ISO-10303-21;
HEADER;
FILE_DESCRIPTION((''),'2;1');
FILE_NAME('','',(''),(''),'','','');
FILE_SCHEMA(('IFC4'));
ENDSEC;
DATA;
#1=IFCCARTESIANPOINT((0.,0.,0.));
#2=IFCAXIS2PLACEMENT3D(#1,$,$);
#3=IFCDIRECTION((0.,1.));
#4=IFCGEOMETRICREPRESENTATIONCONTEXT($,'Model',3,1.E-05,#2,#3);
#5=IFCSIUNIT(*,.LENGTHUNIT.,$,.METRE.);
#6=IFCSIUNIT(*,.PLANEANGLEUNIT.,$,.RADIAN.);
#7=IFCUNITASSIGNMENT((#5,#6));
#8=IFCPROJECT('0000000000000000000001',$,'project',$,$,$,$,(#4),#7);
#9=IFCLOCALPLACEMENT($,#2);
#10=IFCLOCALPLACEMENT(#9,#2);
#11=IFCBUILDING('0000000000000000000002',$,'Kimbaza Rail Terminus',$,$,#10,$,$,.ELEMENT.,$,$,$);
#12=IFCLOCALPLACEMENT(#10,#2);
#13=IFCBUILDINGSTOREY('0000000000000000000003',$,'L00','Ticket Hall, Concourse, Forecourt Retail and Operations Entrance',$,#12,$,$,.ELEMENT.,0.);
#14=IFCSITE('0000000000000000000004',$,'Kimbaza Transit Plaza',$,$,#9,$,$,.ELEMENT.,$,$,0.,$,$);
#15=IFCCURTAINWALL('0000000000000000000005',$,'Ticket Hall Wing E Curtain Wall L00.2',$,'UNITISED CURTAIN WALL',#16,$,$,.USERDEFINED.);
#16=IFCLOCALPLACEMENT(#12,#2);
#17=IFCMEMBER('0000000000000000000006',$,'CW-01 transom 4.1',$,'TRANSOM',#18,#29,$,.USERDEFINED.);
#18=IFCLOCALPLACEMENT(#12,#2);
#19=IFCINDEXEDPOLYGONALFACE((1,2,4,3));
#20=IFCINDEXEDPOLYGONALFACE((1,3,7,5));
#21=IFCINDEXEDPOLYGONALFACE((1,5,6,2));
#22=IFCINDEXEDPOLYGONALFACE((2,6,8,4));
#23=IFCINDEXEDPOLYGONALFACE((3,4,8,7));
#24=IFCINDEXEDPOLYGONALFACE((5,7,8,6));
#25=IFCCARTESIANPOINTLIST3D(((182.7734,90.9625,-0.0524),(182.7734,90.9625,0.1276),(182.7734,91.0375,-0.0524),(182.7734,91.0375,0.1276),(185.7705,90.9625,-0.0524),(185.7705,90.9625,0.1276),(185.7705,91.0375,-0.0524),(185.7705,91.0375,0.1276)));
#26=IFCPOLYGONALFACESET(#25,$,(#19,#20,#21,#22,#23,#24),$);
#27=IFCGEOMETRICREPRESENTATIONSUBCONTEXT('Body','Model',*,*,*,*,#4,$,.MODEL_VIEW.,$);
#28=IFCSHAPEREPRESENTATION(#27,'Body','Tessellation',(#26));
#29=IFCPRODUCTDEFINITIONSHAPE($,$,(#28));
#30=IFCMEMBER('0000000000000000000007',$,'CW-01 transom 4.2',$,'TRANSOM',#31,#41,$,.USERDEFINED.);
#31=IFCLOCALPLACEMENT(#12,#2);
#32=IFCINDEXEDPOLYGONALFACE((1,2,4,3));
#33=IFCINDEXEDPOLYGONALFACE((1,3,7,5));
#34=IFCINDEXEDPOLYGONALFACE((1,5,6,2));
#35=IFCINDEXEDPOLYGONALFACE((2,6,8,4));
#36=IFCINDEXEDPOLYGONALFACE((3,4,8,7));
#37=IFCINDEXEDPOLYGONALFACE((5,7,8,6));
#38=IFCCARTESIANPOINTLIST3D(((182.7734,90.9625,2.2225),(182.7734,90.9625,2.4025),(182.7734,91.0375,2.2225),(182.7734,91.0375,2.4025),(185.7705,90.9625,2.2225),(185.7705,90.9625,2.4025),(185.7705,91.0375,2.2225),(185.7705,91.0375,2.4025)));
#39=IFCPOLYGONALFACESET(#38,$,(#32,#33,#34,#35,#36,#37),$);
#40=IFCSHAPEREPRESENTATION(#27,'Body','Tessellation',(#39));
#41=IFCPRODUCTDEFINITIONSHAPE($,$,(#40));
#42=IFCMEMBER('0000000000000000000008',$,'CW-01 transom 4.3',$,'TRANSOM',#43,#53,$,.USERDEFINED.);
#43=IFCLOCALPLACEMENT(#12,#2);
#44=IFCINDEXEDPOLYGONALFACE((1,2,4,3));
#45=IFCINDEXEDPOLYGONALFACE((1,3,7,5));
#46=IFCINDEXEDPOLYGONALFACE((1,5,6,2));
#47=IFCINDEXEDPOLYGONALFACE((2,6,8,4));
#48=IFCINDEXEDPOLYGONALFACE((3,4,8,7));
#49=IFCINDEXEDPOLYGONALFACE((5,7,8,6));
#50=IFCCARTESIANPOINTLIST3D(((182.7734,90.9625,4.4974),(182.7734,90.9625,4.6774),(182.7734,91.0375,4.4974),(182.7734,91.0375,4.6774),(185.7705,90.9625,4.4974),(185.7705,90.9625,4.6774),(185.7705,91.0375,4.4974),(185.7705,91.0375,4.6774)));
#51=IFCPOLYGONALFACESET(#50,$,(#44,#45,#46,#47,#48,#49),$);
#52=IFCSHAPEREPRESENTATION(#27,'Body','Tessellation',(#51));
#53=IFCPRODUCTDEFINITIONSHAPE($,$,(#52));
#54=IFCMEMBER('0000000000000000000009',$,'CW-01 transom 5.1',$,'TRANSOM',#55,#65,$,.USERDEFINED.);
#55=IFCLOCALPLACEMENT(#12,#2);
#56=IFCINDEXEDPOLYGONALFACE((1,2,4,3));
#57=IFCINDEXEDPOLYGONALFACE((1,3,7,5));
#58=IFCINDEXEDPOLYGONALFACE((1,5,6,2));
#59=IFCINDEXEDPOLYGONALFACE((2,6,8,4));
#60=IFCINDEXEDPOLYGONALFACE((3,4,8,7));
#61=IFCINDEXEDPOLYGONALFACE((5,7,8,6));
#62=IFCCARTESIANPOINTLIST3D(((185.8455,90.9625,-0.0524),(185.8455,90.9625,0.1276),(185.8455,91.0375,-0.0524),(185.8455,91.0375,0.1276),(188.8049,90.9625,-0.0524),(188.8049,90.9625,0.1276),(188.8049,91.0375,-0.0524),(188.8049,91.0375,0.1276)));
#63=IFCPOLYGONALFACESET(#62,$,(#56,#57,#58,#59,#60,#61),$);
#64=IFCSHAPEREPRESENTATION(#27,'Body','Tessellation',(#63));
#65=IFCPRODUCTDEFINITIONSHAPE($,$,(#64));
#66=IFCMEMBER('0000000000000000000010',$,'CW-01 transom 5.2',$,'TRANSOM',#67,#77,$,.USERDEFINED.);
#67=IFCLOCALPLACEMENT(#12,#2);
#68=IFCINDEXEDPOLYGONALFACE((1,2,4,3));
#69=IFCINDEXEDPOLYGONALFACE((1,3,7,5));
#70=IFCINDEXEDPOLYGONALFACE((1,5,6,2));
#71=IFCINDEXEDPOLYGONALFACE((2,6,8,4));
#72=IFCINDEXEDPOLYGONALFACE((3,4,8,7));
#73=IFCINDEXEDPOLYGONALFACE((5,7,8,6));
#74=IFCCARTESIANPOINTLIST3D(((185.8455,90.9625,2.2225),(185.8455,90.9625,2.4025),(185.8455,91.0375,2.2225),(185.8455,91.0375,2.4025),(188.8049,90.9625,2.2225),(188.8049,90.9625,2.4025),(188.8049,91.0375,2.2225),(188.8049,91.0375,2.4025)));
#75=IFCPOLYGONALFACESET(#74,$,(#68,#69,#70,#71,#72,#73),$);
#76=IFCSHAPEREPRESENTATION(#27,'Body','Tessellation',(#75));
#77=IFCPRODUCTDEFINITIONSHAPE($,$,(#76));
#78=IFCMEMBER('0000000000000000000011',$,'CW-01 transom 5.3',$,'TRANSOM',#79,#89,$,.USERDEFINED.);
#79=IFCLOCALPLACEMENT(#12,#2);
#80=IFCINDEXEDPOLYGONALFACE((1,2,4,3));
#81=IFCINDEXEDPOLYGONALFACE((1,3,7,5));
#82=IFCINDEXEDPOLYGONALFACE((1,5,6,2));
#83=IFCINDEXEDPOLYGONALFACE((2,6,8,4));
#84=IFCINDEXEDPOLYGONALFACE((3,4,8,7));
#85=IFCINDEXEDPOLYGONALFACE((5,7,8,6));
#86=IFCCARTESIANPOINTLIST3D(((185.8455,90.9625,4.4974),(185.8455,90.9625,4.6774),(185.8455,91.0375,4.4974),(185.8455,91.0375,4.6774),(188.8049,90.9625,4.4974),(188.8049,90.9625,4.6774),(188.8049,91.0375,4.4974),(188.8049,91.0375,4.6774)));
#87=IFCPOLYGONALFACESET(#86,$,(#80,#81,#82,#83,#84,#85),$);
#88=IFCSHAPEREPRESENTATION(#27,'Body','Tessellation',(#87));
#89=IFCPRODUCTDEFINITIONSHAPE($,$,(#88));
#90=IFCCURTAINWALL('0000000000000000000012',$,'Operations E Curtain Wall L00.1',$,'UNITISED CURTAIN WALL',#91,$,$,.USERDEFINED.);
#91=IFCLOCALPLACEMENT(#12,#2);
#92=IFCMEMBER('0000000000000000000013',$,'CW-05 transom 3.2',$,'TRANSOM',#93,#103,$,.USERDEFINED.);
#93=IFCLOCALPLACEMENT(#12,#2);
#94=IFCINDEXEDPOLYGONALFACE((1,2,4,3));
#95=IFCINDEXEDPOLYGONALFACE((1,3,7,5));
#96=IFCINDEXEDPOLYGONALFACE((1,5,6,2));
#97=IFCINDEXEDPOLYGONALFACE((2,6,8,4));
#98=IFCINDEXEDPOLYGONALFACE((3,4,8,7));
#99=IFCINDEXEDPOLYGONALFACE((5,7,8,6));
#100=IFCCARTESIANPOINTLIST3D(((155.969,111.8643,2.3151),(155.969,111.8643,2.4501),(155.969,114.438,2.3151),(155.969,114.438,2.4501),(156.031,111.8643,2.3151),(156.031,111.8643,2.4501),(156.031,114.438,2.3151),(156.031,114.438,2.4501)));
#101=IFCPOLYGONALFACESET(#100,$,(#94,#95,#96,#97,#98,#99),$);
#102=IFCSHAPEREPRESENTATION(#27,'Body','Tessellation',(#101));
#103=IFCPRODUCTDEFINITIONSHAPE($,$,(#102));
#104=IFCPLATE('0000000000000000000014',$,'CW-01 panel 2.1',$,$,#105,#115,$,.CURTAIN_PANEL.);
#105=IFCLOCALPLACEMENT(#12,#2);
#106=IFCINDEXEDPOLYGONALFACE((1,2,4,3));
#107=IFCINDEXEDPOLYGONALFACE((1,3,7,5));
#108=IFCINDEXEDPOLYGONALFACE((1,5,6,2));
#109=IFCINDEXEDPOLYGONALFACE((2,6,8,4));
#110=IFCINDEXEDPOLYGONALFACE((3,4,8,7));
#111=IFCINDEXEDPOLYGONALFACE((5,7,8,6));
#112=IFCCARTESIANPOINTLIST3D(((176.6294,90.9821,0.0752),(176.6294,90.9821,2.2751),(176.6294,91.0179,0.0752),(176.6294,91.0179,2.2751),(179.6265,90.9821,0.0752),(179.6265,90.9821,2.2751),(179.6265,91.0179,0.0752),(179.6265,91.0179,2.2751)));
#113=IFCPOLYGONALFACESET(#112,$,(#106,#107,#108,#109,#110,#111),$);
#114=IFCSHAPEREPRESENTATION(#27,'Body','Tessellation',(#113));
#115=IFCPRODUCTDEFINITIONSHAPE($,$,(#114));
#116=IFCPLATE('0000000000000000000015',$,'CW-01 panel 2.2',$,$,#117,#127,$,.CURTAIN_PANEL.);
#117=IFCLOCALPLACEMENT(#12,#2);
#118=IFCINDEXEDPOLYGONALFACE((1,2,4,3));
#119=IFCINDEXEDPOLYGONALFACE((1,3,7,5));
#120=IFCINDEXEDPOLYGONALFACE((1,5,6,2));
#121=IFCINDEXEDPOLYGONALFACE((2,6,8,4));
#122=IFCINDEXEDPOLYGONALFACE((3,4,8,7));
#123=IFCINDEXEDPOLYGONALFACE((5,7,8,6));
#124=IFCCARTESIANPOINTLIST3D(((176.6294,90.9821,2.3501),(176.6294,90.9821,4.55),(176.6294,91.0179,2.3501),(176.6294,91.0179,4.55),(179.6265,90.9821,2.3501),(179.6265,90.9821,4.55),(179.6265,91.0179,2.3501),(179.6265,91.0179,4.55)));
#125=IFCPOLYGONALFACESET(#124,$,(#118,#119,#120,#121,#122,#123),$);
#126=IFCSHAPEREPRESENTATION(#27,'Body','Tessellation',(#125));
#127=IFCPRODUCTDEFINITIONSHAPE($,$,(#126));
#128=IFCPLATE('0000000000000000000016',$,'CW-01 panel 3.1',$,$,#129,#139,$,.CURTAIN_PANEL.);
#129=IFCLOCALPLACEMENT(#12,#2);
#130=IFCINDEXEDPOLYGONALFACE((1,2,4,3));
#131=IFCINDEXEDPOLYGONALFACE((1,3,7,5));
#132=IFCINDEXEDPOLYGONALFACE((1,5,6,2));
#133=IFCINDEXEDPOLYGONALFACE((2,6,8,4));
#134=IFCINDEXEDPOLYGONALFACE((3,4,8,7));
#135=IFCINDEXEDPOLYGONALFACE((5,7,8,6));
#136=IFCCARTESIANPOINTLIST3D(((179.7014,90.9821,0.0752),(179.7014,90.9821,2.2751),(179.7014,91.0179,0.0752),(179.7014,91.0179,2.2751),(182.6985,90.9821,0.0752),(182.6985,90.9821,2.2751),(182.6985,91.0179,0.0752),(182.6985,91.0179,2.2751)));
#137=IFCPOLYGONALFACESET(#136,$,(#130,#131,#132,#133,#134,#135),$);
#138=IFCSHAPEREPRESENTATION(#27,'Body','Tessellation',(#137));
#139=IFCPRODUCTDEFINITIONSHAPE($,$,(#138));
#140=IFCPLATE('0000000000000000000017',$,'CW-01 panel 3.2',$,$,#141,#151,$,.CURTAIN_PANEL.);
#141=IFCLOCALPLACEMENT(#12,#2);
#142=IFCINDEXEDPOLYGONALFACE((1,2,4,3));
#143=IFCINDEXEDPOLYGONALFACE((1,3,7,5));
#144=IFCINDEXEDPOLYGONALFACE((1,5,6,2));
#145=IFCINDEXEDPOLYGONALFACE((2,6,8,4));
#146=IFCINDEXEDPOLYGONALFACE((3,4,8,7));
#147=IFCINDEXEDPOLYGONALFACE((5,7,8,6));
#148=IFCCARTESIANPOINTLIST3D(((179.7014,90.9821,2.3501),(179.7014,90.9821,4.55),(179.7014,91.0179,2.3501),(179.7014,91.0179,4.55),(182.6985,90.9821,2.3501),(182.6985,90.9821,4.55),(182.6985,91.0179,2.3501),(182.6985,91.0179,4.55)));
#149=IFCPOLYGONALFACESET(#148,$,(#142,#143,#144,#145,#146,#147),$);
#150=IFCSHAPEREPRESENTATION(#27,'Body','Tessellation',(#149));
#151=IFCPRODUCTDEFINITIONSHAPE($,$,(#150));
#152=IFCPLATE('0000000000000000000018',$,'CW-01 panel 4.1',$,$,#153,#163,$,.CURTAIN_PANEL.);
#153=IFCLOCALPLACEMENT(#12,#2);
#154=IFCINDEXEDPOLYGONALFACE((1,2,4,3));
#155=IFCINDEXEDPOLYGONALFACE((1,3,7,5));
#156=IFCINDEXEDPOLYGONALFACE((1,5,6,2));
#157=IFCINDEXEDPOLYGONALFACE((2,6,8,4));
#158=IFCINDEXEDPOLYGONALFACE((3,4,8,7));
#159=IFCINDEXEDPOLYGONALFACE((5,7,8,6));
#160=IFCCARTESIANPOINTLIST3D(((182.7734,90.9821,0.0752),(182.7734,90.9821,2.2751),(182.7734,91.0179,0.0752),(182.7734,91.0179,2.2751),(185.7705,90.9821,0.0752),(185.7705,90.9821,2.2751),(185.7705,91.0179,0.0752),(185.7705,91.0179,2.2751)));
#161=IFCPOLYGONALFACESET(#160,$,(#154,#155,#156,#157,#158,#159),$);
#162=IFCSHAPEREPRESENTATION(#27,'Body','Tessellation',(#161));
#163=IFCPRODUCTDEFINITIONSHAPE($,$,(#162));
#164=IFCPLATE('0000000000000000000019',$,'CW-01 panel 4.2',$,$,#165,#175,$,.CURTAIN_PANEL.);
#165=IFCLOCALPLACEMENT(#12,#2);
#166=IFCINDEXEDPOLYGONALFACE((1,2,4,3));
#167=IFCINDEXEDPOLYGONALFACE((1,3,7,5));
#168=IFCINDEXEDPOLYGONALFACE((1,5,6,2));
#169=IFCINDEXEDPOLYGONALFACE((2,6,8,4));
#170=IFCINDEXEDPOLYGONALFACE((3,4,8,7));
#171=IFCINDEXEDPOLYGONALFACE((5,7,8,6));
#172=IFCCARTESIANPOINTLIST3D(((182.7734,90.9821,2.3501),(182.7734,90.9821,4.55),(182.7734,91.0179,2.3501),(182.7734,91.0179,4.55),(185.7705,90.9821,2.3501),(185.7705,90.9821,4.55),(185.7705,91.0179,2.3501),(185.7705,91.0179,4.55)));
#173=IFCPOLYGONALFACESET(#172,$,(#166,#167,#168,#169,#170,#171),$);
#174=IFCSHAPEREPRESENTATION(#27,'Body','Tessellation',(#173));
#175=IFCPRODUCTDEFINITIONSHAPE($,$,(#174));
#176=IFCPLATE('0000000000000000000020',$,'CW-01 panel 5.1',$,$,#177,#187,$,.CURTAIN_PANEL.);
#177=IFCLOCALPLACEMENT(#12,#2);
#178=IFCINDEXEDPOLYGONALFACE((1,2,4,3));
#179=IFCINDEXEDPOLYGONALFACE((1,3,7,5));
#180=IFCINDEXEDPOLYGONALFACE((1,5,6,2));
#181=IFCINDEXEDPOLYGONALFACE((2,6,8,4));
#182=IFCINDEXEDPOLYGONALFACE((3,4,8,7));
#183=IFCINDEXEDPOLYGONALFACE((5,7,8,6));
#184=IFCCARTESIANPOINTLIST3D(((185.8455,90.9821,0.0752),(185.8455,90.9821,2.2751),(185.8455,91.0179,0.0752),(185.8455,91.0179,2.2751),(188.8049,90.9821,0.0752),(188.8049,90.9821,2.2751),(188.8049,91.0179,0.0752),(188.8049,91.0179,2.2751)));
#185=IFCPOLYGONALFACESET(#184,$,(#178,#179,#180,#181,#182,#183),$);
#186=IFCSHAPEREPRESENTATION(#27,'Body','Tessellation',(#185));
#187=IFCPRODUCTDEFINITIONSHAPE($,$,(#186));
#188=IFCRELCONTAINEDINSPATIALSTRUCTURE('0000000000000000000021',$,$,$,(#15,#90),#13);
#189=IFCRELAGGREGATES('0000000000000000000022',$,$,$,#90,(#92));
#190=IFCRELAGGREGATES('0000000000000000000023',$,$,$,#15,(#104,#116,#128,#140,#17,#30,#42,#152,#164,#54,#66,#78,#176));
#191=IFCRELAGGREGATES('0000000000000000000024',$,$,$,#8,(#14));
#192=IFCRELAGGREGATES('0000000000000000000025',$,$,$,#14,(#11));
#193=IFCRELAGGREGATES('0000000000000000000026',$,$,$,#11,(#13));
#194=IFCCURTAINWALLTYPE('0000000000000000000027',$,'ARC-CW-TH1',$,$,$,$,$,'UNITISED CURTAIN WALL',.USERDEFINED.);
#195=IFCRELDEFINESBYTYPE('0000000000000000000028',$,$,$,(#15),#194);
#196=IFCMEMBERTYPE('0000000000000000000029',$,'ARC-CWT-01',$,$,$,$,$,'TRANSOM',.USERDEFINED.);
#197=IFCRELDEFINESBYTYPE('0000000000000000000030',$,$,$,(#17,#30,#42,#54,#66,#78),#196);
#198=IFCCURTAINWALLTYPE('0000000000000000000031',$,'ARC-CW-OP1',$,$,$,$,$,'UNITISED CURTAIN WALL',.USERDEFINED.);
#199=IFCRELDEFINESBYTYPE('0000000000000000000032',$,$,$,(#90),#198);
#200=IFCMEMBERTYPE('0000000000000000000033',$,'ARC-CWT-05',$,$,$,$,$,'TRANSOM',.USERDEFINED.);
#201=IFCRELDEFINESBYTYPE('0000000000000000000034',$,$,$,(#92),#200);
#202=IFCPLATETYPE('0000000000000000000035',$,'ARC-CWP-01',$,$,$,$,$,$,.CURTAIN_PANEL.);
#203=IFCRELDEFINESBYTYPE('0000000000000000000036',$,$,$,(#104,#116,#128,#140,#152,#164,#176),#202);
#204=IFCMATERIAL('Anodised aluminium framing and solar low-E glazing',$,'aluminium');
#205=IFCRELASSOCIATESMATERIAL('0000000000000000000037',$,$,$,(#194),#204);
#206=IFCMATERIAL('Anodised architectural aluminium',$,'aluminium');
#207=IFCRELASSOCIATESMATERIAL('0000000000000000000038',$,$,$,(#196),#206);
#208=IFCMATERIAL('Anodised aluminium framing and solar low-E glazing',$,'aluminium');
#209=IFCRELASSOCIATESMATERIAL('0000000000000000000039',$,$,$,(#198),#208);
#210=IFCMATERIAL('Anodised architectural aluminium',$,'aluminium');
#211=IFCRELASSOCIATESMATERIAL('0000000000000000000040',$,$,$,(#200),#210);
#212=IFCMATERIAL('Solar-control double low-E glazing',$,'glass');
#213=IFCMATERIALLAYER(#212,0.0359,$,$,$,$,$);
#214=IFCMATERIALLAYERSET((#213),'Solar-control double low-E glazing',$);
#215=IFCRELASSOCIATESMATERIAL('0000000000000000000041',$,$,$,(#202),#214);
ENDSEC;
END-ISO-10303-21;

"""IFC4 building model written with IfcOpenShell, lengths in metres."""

from ifc_helpers import new_model, si_unit, direction, frame, origin, origin_2d, place, context, subcontext, project, spatial, rectangle, extrude, material, layer, layer_set, material_profile, profile_set, type_object, element, aggregate, save


model = new_model("IFC4")

# Units and contexts
model_context = context("Model", 3, precision=1e-05, world=origin(), true_north=direction((0.0, 1.0)))
body_context = subcontext(model_context, "Body", "Model", "MODEL_VIEW")
ifc_project = project(units=[si_unit("LENGTHUNIT", "METRE"), si_unit("PLANEANGLEUNIT", "RADIAN")], contexts=[model_context])

# Site, building, storey
site_placement = place(None, origin())
site = spatial("IfcSite", under=ifc_project, at=site_placement, Name="Kimbaza Transit Plaza", CompositionType="ELEMENT", RefElevation=0.0)
building_placement = place(site_placement, origin())
building = spatial("IfcBuilding", under=site, at=building_placement, Name="Kimbaza Rail Terminus", CompositionType="ELEMENT")
storey_placement = place(building_placement, origin())
storey = spatial("IfcBuildingStorey", under=building, at=storey_placement, Name="L00", Description="Ticket Hall, Concourse, Forecourt Retail and Operations Entrance", CompositionType="ELEMENT", Elevation=0.0)

# Curtain wall, members
ifc_material_1 = material(Name="Anodised aluminium framing and solar low-E glazing", Category="aluminium")
curtain_wall_type_1 = type_object("IfcCurtainWallType", Name="ARC-CW-TH1", ElementType="UNITISED CURTAIN WALL", PredefinedType="USERDEFINED", material=ifc_material_1)
curtain_wall_1_placement = place(storey_placement, origin())
curtain_wall_1 = element("IfcCurtainWall", 1, at=curtain_wall_1_placement, inside=storey, type_object=curtain_wall_type_1, Name="Ticket Hall Wing E Curtain Wall L00.2", ObjectType="UNITISED CURTAIN WALL", PredefinedType="USERDEFINED")
ifc_material_2 = material(Name="Anodised architectural aluminium", Category="aluminium")
ifc_material_profile_1 = material_profile(ifc_material_2, rectangle(XDim=0.075, YDim=0.1799, at=origin_2d()), Name="TRANSOM 75x180")
ifc_profile_set_1 = profile_set([ifc_material_profile_1], Name="Anodised architectural aluminium")
member_type_1 = type_object("IfcMemberType", Name="ARC-CWT-01", ElementType="TRANSOM", PredefinedType="USERDEFINED", material=ifc_profile_set_1)
member_1_placement = place(storey_placement, frame((182.7734, 91.0, 0.0376), z_axis=(1.0, 0.0, 0.0), x_axis=(0.0, 1.0, 0.0)))
member_1 = element("IfcMember", 2, at=member_1_placement, type_object=member_type_1, Name="CW-01 transom 4.1", ObjectType="TRANSOM", PredefinedType="USERDEFINED", context=body_context, shape_type="SweptSolid", body=[
    extrude(rectangle(XDim=0.075, YDim=0.1799, at=origin_2d()), origin(), (0.0, 0.0, 1.0), 2.9971),
])
member_2_placement = place(storey_placement, frame((182.7734, 91.0, 2.3125), z_axis=(1.0, 0.0, 0.0), x_axis=(0.0, 1.0, 0.0)))
member_2 = element("IfcMember", 3, at=member_2_placement, type_object=member_type_1, Name="CW-01 transom 4.2", ObjectType="TRANSOM", PredefinedType="USERDEFINED", context=body_context, shape_type="SweptSolid", body=[
    extrude(rectangle(XDim=0.075, YDim=0.1799, at=origin_2d()), origin(), (0.0, 0.0, 1.0), 2.9971),
])
member_3_placement = place(storey_placement, frame((182.7734, 91.0, 4.5874), z_axis=(1.0, 0.0, 0.0), x_axis=(0.0, 1.0, 0.0)))
member_3 = element("IfcMember", 4, at=member_3_placement, type_object=member_type_1, Name="CW-01 transom 4.3", ObjectType="TRANSOM", PredefinedType="USERDEFINED", context=body_context, shape_type="SweptSolid", body=[
    extrude(rectangle(XDim=0.075, YDim=0.1799, at=origin_2d()), origin(), (0.0, 0.0, 1.0), 2.9971),
])
member_4_placement = place(storey_placement, frame((185.8455, 91.0, 0.0376), z_axis=(1.0, 0.0, 0.0), x_axis=(0.0, 1.0, 0.0)))
member_4 = element("IfcMember", 5, at=member_4_placement, type_object=member_type_1, Name="CW-01 transom 5.1", ObjectType="TRANSOM", PredefinedType="USERDEFINED", context=body_context, shape_type="SweptSolid", body=[
    extrude(rectangle(XDim=0.075, YDim=0.1799, at=origin_2d()), origin(), (0.0, 0.0, 1.0), 2.9595),
])
member_5_placement = place(storey_placement, frame((185.8455, 91.0, 2.3125), z_axis=(1.0, 0.0, 0.0), x_axis=(0.0, 1.0, 0.0)))
member_5 = element("IfcMember", 6, at=member_5_placement, type_object=member_type_1, Name="CW-01 transom 5.2", ObjectType="TRANSOM", PredefinedType="USERDEFINED", context=body_context, shape_type="SweptSolid", body=[
    extrude(rectangle(XDim=0.075, YDim=0.1799, at=origin_2d()), origin(), (0.0, 0.0, 1.0), 2.9595),
])
member_6_placement = place(storey_placement, frame((185.8455, 91.0, 4.5874), z_axis=(1.0, 0.0, 0.0), x_axis=(0.0, 1.0, 0.0)))
member_6 = element("IfcMember", 7, at=member_6_placement, type_object=member_type_1, Name="CW-01 transom 5.3", ObjectType="TRANSOM", PredefinedType="USERDEFINED", context=body_context, shape_type="SweptSolid", body=[
    extrude(rectangle(XDim=0.075, YDim=0.1799, at=origin_2d()), origin(), (0.0, 0.0, 1.0), 2.9595),
])

# Curtain wall, member
ifc_material_3 = material(Name="Anodised aluminium framing and solar low-E glazing", Category="aluminium")
curtain_wall_type_2 = type_object("IfcCurtainWallType", Name="ARC-CW-OP1", ElementType="UNITISED CURTAIN WALL", PredefinedType="USERDEFINED", material=ifc_material_3)
curtain_wall_2_placement = place(storey_placement, origin())
curtain_wall_2 = element("IfcCurtainWall", 8, at=curtain_wall_2_placement, inside=storey, type_object=curtain_wall_type_2, Name="Operations E Curtain Wall L00.1", ObjectType="UNITISED CURTAIN WALL", PredefinedType="USERDEFINED")
ifc_material_4 = material(Name="Anodised architectural aluminium", Category="aluminium")
ifc_material_profile_2 = material_profile(ifc_material_4, rectangle(XDim=0.062, YDim=0.135, at=origin_2d()), Name="TRANSOM 62x135")
ifc_profile_set_2 = profile_set([ifc_material_profile_2], Name="Anodised architectural aluminium")
member_type_2 = type_object("IfcMemberType", Name="ARC-CWT-05", ElementType="TRANSOM", PredefinedType="USERDEFINED", material=ifc_profile_set_2)
member_7_placement = place(storey_placement, frame((156.0, 111.8643, 2.3826), z_axis=(0.0, 1.0, 0.0), x_axis=(-1.0, 0.0, 0.0)))
member_7 = element("IfcMember", 9, at=member_7_placement, type_object=member_type_2, Name="CW-05 transom 3.2", ObjectType="TRANSOM", PredefinedType="USERDEFINED", context=body_context, shape_type="SweptSolid", body=[
    extrude(rectangle(XDim=0.062, YDim=0.135, at=origin_2d()), origin(), (0.0, 0.0, 1.0), 2.5737),
])
aggregate(curtain_wall_2, [member_7])

# Plates
ifc_material_5 = material(Name="Solar-control double low-E glazing", Category="glass")
ifc_layer_1 = layer(ifc_material_5, 0.0359)
ifc_layer_set_1 = layer_set([ifc_layer_1], Name="Solar-control double low-E glazing")
plate_type = type_object("IfcPlateType", Name="ARC-CWP-01", PredefinedType="CURTAIN_PANEL", material=ifc_layer_set_1)
plate_1_placement = place(storey_placement, frame((178.1279, 91.0, 0.0752), z_axis=(0.0, 0.0, 1.0), x_axis=(1.0, 0.0, 0.0)))
plate_1 = element("IfcPlate", 10, at=plate_1_placement, type_object=plate_type, Name="CW-01 panel 2.1", PredefinedType="CURTAIN_PANEL", context=body_context, shape_type="SweptSolid", body=[
    extrude(rectangle(XDim=2.9971, YDim=0.0359, at=origin_2d()), origin(), (0.0, 0.0, 1.0), 2.2),
])
plate_2_placement = place(storey_placement, frame((178.1279, 91.0, 2.3501), z_axis=(0.0, 0.0, 1.0), x_axis=(1.0, 0.0, 0.0)))
plate_2 = element("IfcPlate", 11, at=plate_2_placement, type_object=plate_type, Name="CW-01 panel 2.2", PredefinedType="CURTAIN_PANEL", context=body_context, shape_type="SweptSolid", body=[
    extrude(rectangle(XDim=2.9971, YDim=0.0359, at=origin_2d()), origin(), (0.0, 0.0, 1.0), 2.2),
])
plate_3_placement = place(storey_placement, frame((181.2, 91.0, 0.0752), z_axis=(0.0, 0.0, 1.0), x_axis=(1.0, 0.0, 0.0)))
plate_3 = element("IfcPlate", 12, at=plate_3_placement, type_object=plate_type, Name="CW-01 panel 3.1", PredefinedType="CURTAIN_PANEL", context=body_context, shape_type="SweptSolid", body=[
    extrude(rectangle(XDim=2.9971, YDim=0.0359, at=origin_2d()), origin(), (0.0, 0.0, 1.0), 2.2),
])
plate_4_placement = place(storey_placement, frame((181.2, 91.0, 2.3501), z_axis=(0.0, 0.0, 1.0), x_axis=(1.0, 0.0, 0.0)))
plate_4 = element("IfcPlate", 13, at=plate_4_placement, type_object=plate_type, Name="CW-01 panel 3.2", PredefinedType="CURTAIN_PANEL", context=body_context, shape_type="SweptSolid", body=[
    extrude(rectangle(XDim=2.9971, YDim=0.0359, at=origin_2d()), origin(), (0.0, 0.0, 1.0), 2.2),
])
plate_5_placement = place(storey_placement, frame((184.272, 91.0, 0.0752), z_axis=(0.0, 0.0, 1.0), x_axis=(1.0, 0.0, 0.0)))
plate_5 = element("IfcPlate", 14, at=plate_5_placement, type_object=plate_type, Name="CW-01 panel 4.1", PredefinedType="CURTAIN_PANEL", context=body_context, shape_type="SweptSolid", body=[
    extrude(rectangle(XDim=2.9971, YDim=0.0359, at=origin_2d()), origin(), (0.0, 0.0, 1.0), 2.2),
])
plate_6_placement = place(storey_placement, frame((184.272, 91.0, 2.3501), z_axis=(0.0, 0.0, 1.0), x_axis=(1.0, 0.0, 0.0)))
plate_6 = element("IfcPlate", 15, at=plate_6_placement, type_object=plate_type, Name="CW-01 panel 4.2", PredefinedType="CURTAIN_PANEL", context=body_context, shape_type="SweptSolid", body=[
    extrude(rectangle(XDim=2.9971, YDim=0.0359, at=origin_2d()), origin(), (0.0, 0.0, 1.0), 2.2),
])
plate_7_placement = place(storey_placement, frame((187.3252, 91.0, 0.0752), z_axis=(0.0, 0.0, 1.0), x_axis=(1.0, 0.0, 0.0)))
plate_7 = element("IfcPlate", 16, at=plate_7_placement, type_object=plate_type, Name="CW-01 panel 5.1", PredefinedType="CURTAIN_PANEL", context=body_context, shape_type="SweptSolid", body=[
    extrude(rectangle(XDim=2.9595, YDim=0.0359, at=origin_2d()), origin(), (0.0, 0.0, 1.0), 2.2),
])
aggregate(curtain_wall_1, [plate_1, plate_2, plate_3, plate_4, member_1, member_2, member_3, plate_5, plate_6, member_4, member_5, member_6, plate_7])

save(model, "model.ifc")
